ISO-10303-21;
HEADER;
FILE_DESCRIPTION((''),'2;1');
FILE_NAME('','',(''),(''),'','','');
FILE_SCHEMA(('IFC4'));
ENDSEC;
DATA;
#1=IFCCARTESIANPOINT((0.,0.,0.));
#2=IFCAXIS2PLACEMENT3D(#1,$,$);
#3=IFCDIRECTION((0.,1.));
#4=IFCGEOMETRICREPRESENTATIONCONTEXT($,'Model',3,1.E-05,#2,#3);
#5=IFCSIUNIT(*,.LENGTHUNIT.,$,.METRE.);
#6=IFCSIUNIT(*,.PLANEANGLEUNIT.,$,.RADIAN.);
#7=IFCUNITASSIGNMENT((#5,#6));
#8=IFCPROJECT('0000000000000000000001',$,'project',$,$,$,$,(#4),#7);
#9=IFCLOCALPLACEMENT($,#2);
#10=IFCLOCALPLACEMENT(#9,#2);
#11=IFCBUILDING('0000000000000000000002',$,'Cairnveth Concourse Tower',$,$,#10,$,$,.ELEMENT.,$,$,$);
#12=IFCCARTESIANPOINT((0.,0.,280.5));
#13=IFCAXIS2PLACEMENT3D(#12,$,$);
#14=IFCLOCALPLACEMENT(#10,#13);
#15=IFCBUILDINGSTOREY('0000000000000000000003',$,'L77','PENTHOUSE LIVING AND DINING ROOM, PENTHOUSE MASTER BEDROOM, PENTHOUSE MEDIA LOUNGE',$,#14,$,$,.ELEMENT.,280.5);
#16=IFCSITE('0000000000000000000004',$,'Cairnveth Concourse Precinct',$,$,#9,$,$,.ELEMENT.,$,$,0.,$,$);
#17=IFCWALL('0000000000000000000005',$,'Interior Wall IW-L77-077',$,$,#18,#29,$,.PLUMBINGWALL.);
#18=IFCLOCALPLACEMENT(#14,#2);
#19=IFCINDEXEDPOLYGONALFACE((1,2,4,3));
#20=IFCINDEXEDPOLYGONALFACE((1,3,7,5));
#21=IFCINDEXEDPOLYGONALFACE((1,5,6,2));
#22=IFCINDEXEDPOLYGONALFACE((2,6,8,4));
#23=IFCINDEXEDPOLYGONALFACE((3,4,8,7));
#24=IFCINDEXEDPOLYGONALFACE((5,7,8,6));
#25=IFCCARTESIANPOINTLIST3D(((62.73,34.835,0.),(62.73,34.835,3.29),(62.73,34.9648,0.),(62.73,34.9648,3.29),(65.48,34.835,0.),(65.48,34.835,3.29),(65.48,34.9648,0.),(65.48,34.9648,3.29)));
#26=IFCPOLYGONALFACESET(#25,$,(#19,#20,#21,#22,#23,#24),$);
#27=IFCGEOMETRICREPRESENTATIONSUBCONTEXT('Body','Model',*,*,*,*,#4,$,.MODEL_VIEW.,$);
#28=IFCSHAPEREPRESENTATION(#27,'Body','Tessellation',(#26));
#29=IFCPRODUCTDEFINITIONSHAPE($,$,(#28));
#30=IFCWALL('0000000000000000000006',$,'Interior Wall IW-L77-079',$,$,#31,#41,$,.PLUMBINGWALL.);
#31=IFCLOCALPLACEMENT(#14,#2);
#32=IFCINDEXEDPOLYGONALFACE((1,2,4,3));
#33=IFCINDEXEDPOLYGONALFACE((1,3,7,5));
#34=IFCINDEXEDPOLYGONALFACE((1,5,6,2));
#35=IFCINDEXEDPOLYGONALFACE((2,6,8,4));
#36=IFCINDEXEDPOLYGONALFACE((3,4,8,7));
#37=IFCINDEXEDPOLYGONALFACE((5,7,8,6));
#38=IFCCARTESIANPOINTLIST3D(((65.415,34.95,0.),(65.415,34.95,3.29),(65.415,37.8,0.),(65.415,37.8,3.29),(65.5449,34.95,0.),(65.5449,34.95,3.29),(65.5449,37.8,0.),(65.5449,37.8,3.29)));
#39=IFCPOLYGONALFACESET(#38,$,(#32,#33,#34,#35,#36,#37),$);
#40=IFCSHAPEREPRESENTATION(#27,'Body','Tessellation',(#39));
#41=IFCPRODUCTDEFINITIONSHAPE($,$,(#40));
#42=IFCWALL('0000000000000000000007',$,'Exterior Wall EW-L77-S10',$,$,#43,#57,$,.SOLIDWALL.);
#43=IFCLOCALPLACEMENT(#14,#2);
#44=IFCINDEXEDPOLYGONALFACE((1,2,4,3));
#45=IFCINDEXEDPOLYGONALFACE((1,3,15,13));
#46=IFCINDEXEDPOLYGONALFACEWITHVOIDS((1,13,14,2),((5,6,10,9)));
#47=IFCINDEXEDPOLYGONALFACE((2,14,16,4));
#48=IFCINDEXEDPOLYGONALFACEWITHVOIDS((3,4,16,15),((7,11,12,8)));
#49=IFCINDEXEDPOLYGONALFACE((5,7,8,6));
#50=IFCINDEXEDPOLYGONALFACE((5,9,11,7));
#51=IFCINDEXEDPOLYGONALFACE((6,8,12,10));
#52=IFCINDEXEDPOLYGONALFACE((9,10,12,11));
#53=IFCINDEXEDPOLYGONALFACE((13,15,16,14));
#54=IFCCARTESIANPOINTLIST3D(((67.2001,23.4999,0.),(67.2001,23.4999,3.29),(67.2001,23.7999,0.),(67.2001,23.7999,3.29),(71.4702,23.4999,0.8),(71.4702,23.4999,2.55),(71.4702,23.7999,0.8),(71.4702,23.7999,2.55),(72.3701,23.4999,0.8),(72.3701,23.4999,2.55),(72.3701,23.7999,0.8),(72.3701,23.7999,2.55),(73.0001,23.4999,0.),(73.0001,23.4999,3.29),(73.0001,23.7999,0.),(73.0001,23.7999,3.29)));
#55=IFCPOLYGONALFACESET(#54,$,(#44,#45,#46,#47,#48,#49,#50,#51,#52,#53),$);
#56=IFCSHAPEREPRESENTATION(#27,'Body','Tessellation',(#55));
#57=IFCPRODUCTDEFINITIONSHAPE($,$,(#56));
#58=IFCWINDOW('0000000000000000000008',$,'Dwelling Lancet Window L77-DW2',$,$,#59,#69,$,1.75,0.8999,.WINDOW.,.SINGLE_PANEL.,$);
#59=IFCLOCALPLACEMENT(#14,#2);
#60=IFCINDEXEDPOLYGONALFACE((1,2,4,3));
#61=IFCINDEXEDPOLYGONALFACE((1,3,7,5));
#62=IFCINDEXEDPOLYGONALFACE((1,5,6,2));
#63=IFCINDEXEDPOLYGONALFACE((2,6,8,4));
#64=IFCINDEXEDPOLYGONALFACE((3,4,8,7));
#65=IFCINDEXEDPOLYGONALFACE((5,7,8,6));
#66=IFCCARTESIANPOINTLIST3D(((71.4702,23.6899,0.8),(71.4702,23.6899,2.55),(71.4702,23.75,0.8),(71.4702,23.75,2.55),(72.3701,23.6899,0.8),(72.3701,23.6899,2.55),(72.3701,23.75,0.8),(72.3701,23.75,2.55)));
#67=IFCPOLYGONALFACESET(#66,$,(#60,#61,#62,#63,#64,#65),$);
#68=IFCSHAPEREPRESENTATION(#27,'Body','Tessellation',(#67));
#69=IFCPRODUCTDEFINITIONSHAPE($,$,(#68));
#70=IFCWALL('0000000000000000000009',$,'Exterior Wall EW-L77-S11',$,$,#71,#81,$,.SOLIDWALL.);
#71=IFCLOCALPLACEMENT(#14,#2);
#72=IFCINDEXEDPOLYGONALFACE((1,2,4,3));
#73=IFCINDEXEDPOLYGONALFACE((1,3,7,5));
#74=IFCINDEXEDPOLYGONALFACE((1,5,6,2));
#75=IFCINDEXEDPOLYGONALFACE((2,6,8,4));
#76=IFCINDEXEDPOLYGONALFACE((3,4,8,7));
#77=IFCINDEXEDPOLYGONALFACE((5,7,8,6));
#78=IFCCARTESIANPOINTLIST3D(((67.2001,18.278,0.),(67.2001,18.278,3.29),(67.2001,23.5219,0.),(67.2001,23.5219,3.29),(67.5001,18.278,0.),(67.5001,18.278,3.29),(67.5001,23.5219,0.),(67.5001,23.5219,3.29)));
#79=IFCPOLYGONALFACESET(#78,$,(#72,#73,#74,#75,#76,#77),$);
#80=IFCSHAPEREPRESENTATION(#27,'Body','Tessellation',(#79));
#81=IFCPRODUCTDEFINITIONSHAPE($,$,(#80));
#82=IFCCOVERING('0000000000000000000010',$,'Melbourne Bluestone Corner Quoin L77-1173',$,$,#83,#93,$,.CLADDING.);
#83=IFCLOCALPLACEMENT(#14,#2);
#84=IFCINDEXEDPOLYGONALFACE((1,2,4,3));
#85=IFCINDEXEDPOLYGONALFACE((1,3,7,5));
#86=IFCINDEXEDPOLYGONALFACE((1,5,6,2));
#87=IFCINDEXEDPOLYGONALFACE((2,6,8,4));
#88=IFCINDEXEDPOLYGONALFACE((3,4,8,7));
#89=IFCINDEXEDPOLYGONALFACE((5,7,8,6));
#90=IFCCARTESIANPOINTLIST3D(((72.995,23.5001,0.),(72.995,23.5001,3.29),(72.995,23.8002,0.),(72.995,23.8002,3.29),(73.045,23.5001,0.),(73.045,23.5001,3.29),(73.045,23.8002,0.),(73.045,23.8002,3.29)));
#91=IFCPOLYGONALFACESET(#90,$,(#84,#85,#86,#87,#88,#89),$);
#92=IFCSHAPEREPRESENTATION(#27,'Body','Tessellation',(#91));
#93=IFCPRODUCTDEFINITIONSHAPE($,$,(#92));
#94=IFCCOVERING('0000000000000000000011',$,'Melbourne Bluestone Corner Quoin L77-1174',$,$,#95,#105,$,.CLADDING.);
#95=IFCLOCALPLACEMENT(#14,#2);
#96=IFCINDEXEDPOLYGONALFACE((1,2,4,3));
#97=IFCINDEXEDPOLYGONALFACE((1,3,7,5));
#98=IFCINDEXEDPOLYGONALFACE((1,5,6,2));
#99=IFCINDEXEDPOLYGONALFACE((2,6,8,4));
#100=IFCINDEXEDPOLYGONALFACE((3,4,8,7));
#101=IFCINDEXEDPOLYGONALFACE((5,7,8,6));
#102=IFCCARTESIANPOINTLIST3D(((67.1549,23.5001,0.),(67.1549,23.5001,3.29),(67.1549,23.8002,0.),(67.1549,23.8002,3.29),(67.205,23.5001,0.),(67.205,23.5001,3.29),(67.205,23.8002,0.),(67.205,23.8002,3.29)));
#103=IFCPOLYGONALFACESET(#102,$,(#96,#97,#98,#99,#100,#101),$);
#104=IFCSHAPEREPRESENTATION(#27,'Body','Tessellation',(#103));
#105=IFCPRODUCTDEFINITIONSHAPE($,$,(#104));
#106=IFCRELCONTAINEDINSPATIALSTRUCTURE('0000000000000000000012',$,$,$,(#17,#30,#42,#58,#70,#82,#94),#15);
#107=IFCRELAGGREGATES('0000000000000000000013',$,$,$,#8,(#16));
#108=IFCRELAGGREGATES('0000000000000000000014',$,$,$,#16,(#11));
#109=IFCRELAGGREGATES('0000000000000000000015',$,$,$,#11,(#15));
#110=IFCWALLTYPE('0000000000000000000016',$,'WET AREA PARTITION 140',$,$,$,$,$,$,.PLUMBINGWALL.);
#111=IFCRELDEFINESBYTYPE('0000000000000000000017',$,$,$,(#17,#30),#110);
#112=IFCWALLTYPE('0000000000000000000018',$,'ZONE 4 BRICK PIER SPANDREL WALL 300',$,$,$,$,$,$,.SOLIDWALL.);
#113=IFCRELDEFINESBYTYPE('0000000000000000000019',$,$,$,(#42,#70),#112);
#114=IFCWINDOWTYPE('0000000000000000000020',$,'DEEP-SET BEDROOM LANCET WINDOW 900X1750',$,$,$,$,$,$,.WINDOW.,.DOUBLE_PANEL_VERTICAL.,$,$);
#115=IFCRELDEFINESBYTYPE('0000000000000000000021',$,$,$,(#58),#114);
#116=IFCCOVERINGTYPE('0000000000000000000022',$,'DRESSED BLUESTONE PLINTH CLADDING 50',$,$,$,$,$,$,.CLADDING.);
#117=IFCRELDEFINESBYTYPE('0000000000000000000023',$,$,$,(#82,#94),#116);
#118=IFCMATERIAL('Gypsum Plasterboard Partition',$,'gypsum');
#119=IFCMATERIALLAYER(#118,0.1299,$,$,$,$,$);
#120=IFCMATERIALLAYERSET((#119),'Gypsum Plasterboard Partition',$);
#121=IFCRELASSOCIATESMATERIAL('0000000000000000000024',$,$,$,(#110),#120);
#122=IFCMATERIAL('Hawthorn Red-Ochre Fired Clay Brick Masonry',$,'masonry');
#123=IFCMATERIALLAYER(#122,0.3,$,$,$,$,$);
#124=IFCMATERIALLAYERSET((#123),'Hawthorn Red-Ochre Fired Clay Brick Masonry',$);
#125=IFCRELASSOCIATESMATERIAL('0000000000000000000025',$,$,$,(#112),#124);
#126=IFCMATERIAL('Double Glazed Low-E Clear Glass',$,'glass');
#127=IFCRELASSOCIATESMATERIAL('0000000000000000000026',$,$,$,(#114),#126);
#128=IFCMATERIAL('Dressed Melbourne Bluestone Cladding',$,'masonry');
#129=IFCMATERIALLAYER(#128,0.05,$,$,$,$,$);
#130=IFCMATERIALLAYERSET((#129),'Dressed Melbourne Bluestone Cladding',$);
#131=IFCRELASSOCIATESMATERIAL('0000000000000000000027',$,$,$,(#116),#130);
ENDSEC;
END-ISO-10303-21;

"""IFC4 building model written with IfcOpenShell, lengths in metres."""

from ifc_helpers import new_model, si_unit, direction, frame, frame_2d, origin, place, context, subcontext, project, spatial, rectangle, extrude, material, layer, layer_set, type_object, element, fill, save


model = new_model("IFC4")

# Units and contexts
model_context = context("Model", 3, precision=1e-05, world=origin(), true_north=direction((0.0, 1.0)))
body_context = subcontext(model_context, "Body", "Model", "MODEL_VIEW")
ifc_project = project(units=[si_unit("LENGTHUNIT", "METRE"), si_unit("PLANEANGLEUNIT", "RADIAN")], contexts=[model_context])

# Site, building, storey
site_placement = place(None, origin())
site = spatial("IfcSite", under=ifc_project, at=site_placement, Name="Cairnveth Concourse Precinct", CompositionType="ELEMENT", RefElevation=0.0)
building_placement = place(site_placement, origin())
building = spatial("IfcBuilding", under=site, at=building_placement, Name="Cairnveth Concourse Tower", CompositionType="ELEMENT")
storey_placement = place(building_placement, frame((0.0, 0.0, 280.5)))
storey = spatial("IfcBuildingStorey", under=building, at=storey_placement, Name="L77", Description="PENTHOUSE LIVING AND DINING ROOM, PENTHOUSE MASTER BEDROOM, PENTHOUSE MEDIA LOUNGE", CompositionType="ELEMENT", Elevation=280.5)

# Shared definitions
ifc_material_1 = material(Name="Gypsum Plasterboard Partition", Category="gypsum")

# Walls
ifc_layer_1 = layer(ifc_material_1, 0.1299)
ifc_layer_set_1 = layer_set([ifc_layer_1], Name="Gypsum Plasterboard Partition")
wall_type_1 = type_object("IfcWallType", Name="WET AREA PARTITION 140", PredefinedType="PLUMBINGWALL", material=ifc_layer_set_1)
wall_1_placement = place(storey_placement, frame((62.73, 34.8999, 0.0), z_axis=(0.0, 0.0, 1.0), x_axis=(1.0, 0.0, 0.0)))
element("IfcWall", 1, at=wall_1_placement, inside=storey, type_object=wall_type_1, Name="Interior Wall IW-L77-077", PredefinedType="PLUMBINGWALL", context=body_context, shape_type="SweptSolid", body=[
    extrude(rectangle(XDim=2.75, YDim=0.1299, at=frame_2d((1.375, 0.0))), origin(), (0.0, 0.0, 1.0), 3.29),
])
wall_2_placement = place(storey_placement, frame((65.48, 34.95, 0.0), z_axis=(0.0, 0.0, 1.0), x_axis=(0.0, 1.0, 0.0)))
element("IfcWall", 2, at=wall_2_placement, inside=storey, type_object=wall_type_1, Name="Interior Wall IW-L77-079", PredefinedType="PLUMBINGWALL", context=body_context, shape_type="SweptSolid", body=[
    extrude(rectangle(XDim=2.8501, YDim=0.1299, at=frame_2d((1.425, 0.0))), origin(), (0.0, 0.0, 1.0), 3.29),
])

# Wall, opening, window
ifc_material_2 = material(Name="Hawthorn Red-Ochre Fired Clay Brick Masonry", Category="masonry")
ifc_layer_2 = layer(ifc_material_2, 0.3)
ifc_layer_set_2 = layer_set([ifc_layer_2], Name="Hawthorn Red-Ochre Fired Clay Brick Masonry")
wall_type_2 = type_object("IfcWallType", Name="ZONE 4 BRICK PIER SPANDREL WALL 300", PredefinedType="SOLIDWALL", material=ifc_layer_set_2)
wall_3_placement = place(storey_placement, frame((73.0, 23.6499, 0.0), z_axis=(0.0, 0.0, 1.0), x_axis=(-1.0, 0.0, 0.0)))
wall_3 = element("IfcWall", 3, at=wall_3_placement, inside=storey, type_object=wall_type_2, Name="Exterior Wall EW-L77-S10", PredefinedType="SOLIDWALL", context=body_context, shape_type="SweptSolid", body=[
    extrude(rectangle(XDim=5.8, YDim=0.3, at=frame_2d((2.8999, 0.0))), origin(), (0.0, 0.0, 1.0), 3.29),
])
opening_1_placement = place(wall_3_placement, frame((0.6299, 0.0, 0.8)))
opening_1 = element("IfcOpeningElement", 4, at=opening_1_placement, cuts=wall_3, PredefinedType="OPENING", context=body_context, shape_type="SweptSolid", body=[
    extrude(rectangle(XDim=0.8999, YDim=1.75, at=frame_2d((0.45, 0.875))), frame((0.0, 0.1599, 0.0), z_axis=(0.0, -1.0, 0.0), x_axis=(1.0, 0.0, 0.0)), (0.0, 0.0, 1.0), 0.3201),
])
ifc_material_3 = material(Name="Double Glazed Low-E Clear Glass", Category="glass")
window_type = type_object("IfcWindowType", Name="DEEP-SET BEDROOM LANCET WINDOW 900X1750", PartitioningType="DOUBLE_PANEL_VERTICAL", PredefinedType="WINDOW", material=ifc_material_3)
window_placement = place(opening_1_placement, origin())
window = element("IfcWindow", 5, at=window_placement, inside=storey, type_object=window_type, Name="Dwelling Lancet Window L77-DW2", OverallHeight=1.75, OverallWidth=0.8999, PartitioningType="SINGLE_PANEL", PredefinedType="WINDOW", context=body_context, shape_type="SweptSolid", body=[
    extrude(rectangle(XDim=0.8999, YDim=1.75, at=frame_2d((0.45, 0.875))), frame((0.0, -0.04, 0.0), z_axis=(0.0, -1.0, 0.0), x_axis=(1.0, 0.0, 0.0)), (0.0, 0.0, 1.0), 0.0601),
])
fill(opening_1, window)

# Wall
wall_4_placement = place(storey_placement, frame((67.3501, 23.522, 0.0), z_axis=(0.0, 0.0, 1.0), x_axis=(0.0, -1.0, 0.0)))
element("IfcWall", 6, at=wall_4_placement, inside=storey, type_object=wall_type_2, Name="Exterior Wall EW-L77-S11", PredefinedType="SOLIDWALL", context=body_context, shape_type="SweptSolid", body=[
    extrude(rectangle(XDim=5.2439, YDim=0.3, at=frame_2d((2.6221, 0.0))), origin(), (0.0, 0.0, 1.0), 3.29),
])

# Coverings
ifc_material_4 = material(Name="Dressed Melbourne Bluestone Cladding", Category="masonry")
ifc_layer_3 = layer(ifc_material_4, 0.05)
ifc_layer_set_3 = layer_set([ifc_layer_3], Name="Dressed Melbourne Bluestone Cladding")
covering_type = type_object("IfcCoveringType", Name="DRESSED BLUESTONE PLINTH CLADDING 50", PredefinedType="CLADDING", material=ifc_layer_set_3)
for number, where, z_axis, x_axis, name in (
    (7, (73.02, 23.8, 0.0), (0.0, 0.0, 1.0), (0.0, -1.0, 0.0), "Melbourne Bluestone Corner Quoin L77-1173"),
    (8, (67.1799, 23.8, 0.0), (0.0, 0.0, 1.0), (0.0, -1.0, 0.0), "Melbourne Bluestone Corner Quoin L77-1174"),
):
    element("IfcCovering", number, at=place(storey_placement, frame(where, z_axis=z_axis, x_axis=x_axis)), inside=storey, type_object=covering_type, Name=name, PredefinedType="CLADDING", context=body_context, shape_type="SweptSolid", body=[
        extrude(rectangle(XDim=0.3, YDim=0.05, at=frame_2d((0.1499, 0.0))), origin(), (0.0, 0.0, 1.0), 3.29),
    ])

save(model, "model.ifc")
